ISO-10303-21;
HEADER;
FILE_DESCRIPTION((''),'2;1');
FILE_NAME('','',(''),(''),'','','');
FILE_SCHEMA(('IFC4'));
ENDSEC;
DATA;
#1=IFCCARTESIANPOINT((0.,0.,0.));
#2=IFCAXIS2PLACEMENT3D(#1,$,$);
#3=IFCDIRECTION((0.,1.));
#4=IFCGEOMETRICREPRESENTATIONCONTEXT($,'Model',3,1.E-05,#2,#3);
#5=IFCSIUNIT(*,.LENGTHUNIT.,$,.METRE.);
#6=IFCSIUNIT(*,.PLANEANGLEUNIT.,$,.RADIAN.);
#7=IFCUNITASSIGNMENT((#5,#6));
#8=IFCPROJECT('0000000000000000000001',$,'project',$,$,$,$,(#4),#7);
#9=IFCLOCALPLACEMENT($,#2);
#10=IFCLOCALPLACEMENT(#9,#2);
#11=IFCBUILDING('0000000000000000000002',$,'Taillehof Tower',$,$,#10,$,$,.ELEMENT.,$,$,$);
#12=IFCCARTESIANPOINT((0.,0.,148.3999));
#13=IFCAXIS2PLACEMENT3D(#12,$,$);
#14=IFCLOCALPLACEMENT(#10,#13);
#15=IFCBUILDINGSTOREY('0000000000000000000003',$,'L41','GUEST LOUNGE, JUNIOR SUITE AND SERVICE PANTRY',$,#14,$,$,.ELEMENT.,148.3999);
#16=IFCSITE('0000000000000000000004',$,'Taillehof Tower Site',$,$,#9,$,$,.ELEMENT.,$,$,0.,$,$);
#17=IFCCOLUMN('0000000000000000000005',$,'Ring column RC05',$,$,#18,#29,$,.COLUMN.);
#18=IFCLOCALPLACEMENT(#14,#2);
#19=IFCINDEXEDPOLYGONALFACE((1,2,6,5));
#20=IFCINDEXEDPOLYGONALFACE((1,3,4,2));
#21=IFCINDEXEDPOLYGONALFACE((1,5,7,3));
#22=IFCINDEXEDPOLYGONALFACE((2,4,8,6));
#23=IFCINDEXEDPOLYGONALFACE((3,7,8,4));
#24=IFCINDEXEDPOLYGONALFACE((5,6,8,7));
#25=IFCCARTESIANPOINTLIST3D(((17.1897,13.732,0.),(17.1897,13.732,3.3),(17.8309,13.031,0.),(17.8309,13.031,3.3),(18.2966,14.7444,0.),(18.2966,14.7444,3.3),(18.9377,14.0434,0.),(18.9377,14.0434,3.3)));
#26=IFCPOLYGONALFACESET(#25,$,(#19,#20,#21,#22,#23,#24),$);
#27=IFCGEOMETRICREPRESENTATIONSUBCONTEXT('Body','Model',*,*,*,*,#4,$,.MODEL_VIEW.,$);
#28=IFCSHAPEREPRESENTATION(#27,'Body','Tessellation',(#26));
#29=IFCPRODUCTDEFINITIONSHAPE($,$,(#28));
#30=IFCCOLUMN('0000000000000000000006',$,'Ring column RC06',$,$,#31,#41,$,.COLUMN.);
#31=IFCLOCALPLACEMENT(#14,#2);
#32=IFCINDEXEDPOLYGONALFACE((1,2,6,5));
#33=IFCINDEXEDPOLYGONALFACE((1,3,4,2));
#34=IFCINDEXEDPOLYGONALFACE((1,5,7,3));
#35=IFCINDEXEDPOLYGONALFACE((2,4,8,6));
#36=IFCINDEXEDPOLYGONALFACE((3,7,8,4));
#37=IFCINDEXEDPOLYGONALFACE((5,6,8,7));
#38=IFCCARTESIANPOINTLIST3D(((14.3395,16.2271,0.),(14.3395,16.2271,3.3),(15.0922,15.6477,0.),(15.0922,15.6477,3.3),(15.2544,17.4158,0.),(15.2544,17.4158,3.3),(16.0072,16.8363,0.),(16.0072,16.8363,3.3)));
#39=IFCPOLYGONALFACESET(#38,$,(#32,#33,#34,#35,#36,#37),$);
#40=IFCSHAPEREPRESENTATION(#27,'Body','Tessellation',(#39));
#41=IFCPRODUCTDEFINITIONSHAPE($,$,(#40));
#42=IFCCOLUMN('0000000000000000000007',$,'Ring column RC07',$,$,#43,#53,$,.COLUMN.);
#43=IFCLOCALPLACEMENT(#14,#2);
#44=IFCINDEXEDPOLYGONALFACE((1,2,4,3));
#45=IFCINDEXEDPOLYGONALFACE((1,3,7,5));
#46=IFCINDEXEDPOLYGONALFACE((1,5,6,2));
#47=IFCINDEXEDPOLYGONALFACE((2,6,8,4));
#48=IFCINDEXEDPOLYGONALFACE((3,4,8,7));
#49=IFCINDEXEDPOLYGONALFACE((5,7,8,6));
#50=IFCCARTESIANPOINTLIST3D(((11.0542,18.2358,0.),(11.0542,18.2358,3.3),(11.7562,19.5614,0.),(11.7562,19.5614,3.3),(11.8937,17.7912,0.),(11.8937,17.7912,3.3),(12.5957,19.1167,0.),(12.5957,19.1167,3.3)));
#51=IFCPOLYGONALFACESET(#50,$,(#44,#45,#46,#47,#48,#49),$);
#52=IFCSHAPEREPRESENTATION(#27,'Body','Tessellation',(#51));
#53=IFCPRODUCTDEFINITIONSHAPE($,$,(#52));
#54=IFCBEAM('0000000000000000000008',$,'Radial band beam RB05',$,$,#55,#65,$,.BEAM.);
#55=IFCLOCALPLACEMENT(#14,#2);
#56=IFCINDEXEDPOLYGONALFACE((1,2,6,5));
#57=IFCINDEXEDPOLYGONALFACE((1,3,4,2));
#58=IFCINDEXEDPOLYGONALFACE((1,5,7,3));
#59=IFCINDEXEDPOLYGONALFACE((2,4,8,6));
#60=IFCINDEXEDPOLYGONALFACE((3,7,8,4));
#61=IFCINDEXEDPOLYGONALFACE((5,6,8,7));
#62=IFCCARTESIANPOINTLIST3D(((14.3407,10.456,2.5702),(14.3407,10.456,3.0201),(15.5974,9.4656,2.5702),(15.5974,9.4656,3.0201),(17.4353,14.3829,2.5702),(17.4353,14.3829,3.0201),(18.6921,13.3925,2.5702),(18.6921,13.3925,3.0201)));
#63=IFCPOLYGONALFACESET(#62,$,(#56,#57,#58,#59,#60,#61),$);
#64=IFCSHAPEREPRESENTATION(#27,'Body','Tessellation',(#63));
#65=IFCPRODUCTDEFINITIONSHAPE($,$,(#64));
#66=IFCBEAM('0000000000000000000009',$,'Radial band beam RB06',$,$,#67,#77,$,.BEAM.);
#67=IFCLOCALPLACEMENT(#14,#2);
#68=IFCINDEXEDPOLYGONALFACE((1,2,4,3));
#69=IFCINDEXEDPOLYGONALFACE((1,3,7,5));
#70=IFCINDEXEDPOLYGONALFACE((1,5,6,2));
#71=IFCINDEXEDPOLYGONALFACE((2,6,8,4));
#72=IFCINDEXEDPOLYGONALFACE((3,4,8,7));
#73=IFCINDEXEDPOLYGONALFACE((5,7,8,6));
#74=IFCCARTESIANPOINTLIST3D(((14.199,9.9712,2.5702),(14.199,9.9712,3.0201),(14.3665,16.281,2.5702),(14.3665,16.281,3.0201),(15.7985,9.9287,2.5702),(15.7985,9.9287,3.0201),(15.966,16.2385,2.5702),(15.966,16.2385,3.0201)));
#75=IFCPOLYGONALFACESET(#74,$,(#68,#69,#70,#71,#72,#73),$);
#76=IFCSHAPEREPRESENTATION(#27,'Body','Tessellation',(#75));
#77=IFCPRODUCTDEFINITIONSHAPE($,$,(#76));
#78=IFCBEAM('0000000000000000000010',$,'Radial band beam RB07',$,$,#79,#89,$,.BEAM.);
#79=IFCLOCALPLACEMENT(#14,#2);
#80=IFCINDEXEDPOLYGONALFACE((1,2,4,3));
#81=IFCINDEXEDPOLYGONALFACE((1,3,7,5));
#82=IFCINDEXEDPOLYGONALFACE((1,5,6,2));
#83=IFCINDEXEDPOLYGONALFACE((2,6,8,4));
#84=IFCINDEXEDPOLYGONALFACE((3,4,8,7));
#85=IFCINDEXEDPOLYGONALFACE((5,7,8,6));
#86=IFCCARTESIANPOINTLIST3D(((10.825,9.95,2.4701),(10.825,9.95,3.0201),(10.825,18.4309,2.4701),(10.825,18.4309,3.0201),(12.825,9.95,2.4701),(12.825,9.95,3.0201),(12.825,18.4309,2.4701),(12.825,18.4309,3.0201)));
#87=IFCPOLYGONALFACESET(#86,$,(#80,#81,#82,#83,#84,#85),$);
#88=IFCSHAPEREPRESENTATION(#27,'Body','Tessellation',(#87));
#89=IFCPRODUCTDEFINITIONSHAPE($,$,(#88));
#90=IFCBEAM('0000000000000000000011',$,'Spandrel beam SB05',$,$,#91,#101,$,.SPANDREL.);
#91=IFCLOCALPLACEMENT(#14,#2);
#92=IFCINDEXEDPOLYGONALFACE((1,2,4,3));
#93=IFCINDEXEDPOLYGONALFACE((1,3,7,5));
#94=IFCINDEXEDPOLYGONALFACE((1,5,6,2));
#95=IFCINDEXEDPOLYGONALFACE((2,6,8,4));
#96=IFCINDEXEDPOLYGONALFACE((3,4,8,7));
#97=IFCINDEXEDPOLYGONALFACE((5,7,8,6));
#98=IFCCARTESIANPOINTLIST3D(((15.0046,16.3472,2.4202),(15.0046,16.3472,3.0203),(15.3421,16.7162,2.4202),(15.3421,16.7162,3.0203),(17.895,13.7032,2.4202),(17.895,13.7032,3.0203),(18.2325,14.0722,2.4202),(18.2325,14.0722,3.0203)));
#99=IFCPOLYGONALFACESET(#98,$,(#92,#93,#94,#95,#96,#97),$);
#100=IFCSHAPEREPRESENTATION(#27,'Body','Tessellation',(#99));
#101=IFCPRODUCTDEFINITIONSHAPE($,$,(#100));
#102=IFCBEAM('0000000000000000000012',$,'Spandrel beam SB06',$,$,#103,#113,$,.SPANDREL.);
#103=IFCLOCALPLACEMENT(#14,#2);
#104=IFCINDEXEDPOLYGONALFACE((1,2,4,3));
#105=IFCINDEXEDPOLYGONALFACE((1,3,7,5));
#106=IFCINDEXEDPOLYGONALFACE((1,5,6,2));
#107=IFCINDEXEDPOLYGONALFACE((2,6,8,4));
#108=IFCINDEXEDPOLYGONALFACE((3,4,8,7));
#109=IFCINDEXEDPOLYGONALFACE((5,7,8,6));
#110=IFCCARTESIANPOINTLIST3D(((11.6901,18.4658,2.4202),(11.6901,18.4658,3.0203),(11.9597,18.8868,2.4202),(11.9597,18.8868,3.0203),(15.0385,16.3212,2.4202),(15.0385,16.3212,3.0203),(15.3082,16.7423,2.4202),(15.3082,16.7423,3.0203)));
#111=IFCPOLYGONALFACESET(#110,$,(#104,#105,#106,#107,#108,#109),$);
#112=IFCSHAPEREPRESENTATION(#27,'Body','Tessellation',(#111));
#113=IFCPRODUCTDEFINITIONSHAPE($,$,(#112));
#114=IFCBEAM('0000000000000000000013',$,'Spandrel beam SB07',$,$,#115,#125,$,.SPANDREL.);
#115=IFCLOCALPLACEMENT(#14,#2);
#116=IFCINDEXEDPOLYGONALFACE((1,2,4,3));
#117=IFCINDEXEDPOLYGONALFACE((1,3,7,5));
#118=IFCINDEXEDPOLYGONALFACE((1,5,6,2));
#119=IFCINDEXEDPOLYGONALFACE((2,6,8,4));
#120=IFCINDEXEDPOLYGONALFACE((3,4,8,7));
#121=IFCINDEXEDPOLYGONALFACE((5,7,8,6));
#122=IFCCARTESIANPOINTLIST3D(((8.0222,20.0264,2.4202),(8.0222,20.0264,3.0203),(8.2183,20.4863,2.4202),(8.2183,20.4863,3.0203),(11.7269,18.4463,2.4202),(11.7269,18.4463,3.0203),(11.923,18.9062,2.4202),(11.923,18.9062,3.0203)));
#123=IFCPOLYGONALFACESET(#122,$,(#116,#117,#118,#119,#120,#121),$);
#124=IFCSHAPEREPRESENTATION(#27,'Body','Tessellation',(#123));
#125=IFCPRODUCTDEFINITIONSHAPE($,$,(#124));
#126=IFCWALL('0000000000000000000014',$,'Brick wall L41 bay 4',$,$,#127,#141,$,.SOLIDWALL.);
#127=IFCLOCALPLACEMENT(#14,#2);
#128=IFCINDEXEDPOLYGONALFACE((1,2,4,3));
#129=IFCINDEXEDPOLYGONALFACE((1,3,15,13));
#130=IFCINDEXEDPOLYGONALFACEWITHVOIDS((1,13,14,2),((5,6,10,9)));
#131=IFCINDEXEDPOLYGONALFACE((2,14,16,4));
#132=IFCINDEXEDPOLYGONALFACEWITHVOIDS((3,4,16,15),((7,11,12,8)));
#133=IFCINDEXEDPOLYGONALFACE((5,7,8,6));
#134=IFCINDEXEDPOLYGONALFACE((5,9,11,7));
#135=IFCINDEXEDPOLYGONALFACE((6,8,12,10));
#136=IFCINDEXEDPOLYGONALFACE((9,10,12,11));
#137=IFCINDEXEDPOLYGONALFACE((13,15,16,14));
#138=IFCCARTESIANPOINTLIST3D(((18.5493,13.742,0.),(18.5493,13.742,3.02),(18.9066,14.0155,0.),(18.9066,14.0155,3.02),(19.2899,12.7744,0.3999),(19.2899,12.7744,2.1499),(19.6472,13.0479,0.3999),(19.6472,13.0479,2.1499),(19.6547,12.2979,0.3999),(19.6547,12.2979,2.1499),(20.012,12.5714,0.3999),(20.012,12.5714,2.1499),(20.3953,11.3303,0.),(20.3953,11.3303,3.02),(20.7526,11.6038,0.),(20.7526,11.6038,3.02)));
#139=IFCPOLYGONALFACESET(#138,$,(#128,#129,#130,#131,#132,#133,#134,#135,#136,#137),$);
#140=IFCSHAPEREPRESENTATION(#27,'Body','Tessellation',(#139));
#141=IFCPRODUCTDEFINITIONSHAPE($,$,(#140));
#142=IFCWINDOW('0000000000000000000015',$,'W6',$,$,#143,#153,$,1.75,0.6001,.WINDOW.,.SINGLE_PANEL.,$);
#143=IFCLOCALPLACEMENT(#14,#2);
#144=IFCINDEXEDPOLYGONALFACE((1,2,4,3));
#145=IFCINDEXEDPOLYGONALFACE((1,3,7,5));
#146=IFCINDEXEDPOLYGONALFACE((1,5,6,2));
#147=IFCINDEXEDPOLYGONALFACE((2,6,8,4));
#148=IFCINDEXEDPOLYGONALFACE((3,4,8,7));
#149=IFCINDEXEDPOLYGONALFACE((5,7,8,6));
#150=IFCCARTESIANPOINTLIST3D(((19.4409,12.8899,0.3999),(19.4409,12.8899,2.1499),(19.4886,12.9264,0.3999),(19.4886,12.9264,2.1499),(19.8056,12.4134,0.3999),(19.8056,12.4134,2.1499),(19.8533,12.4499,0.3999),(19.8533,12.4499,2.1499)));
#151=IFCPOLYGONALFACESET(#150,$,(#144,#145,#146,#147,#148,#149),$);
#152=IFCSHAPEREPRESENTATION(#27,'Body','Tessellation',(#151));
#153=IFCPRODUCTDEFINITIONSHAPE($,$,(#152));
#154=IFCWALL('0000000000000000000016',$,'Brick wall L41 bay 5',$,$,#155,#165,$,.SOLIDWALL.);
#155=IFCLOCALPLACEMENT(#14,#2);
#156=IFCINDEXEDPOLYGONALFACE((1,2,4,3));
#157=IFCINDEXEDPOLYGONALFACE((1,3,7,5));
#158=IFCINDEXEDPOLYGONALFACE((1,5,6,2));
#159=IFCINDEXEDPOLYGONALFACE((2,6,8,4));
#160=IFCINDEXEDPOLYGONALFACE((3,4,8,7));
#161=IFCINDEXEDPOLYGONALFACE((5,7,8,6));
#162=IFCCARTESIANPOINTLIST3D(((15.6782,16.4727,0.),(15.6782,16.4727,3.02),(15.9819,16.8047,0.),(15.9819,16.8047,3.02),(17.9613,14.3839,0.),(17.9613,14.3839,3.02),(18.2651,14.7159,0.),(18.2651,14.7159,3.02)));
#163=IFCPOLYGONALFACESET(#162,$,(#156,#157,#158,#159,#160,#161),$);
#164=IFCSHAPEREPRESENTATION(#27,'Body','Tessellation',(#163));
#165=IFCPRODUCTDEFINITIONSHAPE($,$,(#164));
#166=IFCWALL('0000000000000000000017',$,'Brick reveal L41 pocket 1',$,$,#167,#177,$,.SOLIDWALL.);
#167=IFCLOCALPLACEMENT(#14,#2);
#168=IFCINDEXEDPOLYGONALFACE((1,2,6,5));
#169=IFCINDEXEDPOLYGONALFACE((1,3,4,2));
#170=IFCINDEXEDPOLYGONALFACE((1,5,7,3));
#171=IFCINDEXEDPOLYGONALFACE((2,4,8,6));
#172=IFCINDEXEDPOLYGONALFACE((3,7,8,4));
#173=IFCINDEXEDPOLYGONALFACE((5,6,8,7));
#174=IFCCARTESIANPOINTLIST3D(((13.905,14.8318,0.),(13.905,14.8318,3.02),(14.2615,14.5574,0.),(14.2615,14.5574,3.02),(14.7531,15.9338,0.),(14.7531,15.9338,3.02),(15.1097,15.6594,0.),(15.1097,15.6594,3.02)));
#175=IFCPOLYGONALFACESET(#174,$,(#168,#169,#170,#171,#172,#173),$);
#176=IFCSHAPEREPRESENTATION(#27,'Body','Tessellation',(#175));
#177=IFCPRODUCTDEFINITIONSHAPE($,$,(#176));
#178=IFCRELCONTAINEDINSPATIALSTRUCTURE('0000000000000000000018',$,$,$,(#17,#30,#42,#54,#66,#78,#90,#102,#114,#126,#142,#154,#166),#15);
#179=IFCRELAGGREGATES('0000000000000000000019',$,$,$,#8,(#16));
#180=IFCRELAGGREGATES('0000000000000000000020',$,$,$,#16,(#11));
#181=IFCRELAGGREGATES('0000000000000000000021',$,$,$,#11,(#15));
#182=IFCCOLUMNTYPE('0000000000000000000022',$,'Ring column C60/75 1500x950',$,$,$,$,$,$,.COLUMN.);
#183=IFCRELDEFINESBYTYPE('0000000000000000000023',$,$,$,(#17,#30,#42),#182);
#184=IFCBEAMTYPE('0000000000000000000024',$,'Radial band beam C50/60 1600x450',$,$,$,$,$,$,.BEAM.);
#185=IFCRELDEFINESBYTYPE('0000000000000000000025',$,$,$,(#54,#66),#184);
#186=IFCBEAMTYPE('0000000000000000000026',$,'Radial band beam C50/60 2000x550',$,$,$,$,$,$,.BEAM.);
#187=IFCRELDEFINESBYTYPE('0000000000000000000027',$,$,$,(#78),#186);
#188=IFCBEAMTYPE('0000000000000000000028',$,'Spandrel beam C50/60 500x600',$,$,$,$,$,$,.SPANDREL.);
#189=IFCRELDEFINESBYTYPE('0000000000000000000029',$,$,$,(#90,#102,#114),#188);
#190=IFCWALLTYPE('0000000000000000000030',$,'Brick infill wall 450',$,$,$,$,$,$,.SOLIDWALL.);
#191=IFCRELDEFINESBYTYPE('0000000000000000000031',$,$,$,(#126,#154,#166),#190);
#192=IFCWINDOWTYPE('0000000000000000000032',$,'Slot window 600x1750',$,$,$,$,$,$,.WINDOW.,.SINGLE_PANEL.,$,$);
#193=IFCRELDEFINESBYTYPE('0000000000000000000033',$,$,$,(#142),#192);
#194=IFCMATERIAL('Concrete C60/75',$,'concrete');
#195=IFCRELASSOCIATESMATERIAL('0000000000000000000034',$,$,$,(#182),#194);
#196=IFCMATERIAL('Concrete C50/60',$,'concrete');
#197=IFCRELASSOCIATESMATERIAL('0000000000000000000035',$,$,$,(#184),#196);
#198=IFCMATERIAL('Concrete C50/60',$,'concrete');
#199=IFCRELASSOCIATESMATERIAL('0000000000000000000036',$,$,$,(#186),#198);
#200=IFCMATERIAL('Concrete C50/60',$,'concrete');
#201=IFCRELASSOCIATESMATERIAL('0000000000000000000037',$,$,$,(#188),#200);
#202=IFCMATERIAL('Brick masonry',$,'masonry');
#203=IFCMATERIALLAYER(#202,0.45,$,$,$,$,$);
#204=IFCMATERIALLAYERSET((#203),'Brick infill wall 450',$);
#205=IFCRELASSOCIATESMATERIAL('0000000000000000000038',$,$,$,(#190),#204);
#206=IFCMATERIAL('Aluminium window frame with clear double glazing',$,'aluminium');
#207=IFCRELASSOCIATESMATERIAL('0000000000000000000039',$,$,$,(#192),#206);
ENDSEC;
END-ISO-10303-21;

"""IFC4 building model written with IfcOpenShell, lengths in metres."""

from ifc_helpers import new_model, si_unit, direction, frame, frame_2d, origin, origin_2d, place, context, subcontext, project, spatial, rectangle, extrude, material, layer, layer_set, material_profile, profile_set, type_object, element, fill, save


model = new_model("IFC4")

# Units and contexts
model_context = context("Model", 3, precision=1e-05, world=origin(), true_north=direction((0.0, 1.0)))
body_context = subcontext(model_context, "Body", "Model", "MODEL_VIEW")
ifc_project = project(units=[si_unit("LENGTHUNIT", "METRE"), si_unit("PLANEANGLEUNIT", "RADIAN")], contexts=[model_context])

# Site, building, storey
site_placement = place(None, origin())
site = spatial("IfcSite", under=ifc_project, at=site_placement, Name="Taillehof Tower Site", CompositionType="ELEMENT", RefElevation=0.0)
building_placement = place(site_placement, origin())
building = spatial("IfcBuilding", under=site, at=building_placement, Name="Taillehof Tower", CompositionType="ELEMENT")
storey_placement = place(building_placement, frame((0.0, 0.0, 148.3999)))
storey = spatial("IfcBuildingStorey", under=building, at=storey_placement, Name="L41", Description="GUEST LOUNGE, JUNIOR SUITE AND SERVICE PANTRY", CompositionType="ELEMENT", Elevation=148.3999)

# Columns
ifc_material_1 = material(Name="Concrete C60/75", Category="concrete")
ifc_material_profile_1 = material_profile(ifc_material_1, rectangle(XDim=1.5, YDim=0.95, at=origin_2d()), Name="RC 1500x950")
ifc_profile_set_1 = profile_set([ifc_material_profile_1], Name="Concrete C60/75")
column_type = type_object("IfcColumnType", Name="Ring column C60/75 1500x950", PredefinedType="COLUMN", material=ifc_profile_set_1)
for number, where, z_axis, x_axis, name in (
    (1, (18.0637, 13.8877, 0.0), (0.0, 0.0, 1.0), (0.737879, 0.674933, 0.0), "Ring column RC05"),
    (2, (15.1733, 16.5317, 0.0), (0.0, 0.0, 1.0), (0.609971, 0.792424, 0.0), "Ring column RC06"),
    (3, (11.825, 18.6763, 0.0), (0.0, 0.0, 1.0), (0.468042, 0.883706, 0.0), "Ring column RC07"),
):
    element("IfcColumn", number, at=place(storey_placement, frame(where, z_axis=z_axis, x_axis=x_axis)), inside=storey, type_object=column_type, Name=name, PredefinedType="COLUMN", context=body_context, shape_type="SweptSolid", body=[
        extrude(rectangle(XDim=1.5, YDim=0.95, at=origin_2d()), origin(), (0.0, 0.0, 1.0), 3.3),
    ])

# Beams
ifc_material_2 = material(Name="Concrete C50/60", Category="concrete")
ifc_material_profile_2 = material_profile(ifc_material_2, rectangle(XDim=1.6001, YDim=0.45, at=origin_2d()), Name="RC 1600x450")
ifc_profile_set_2 = profile_set([ifc_material_profile_2], Name="Concrete C50/60")
beam_type_1 = type_object("IfcBeamType", Name="Radial band beam C50/60 1600x450", PredefinedType="BEAM", material=ifc_profile_set_2)
beam_1_placement = place(storey_placement, frame((18.0637, 13.8877, 2.7952), z_axis=(-0.618962, -0.785421, 0.0), x_axis=(0.785421, -0.618962, 0.0)))
element("IfcBeam", 4, at=beam_1_placement, inside=storey, type_object=beam_type_1, Name="Radial band beam RB05", PredefinedType="BEAM", context=body_context, shape_type="SweptSolid", body=[
    extrude(rectangle(XDim=1.6001, YDim=0.45, at=origin_2d()), origin(), (0.0, 0.0, 1.0), 4.9998),
])
beam_2_placement = place(storey_placement, frame((15.1663, 16.2598, 2.7952), z_axis=(-0.026534, -0.999648, 0.0), x_axis=(0.999648, -0.026534, 0.0)))
element("IfcBeam", 5, at=beam_2_placement, inside=storey, type_object=beam_type_1, Name="Radial band beam RB06", PredefinedType="BEAM", context=body_context, shape_type="SweptSolid", body=[
    extrude(rectangle(XDim=1.6001, YDim=0.45, at=origin_2d()), origin(), (0.0, 0.0, 1.0), 6.312),
])
ifc_material_3 = material(Name="Concrete C50/60", Category="concrete")
ifc_material_profile_3 = material_profile(ifc_material_3, rectangle(XDim=2.0, YDim=0.55, at=origin_2d()), Name="RC 2000x550")
ifc_profile_set_3 = profile_set([ifc_material_profile_3], Name="Concrete C50/60")
beam_type_2 = type_object("IfcBeamType", Name="Radial band beam C50/60 2000x550", PredefinedType="BEAM", material=ifc_profile_set_3)
beam_3_placement = place(storey_placement, frame((11.825, 18.4309, 2.7451), z_axis=(0.0, -1.0, 0.0), x_axis=(1.0, 0.0, 0.0)))
element("IfcBeam", 6, at=beam_3_placement, inside=storey, type_object=beam_type_2, Name="Radial band beam RB07", PredefinedType="BEAM", context=body_context, shape_type="SweptSolid", body=[
    extrude(rectangle(XDim=2.0, YDim=0.55, at=origin_2d()), origin(), (0.0, 0.0, 1.0), 8.481),
])
ifc_material_4 = material(Name="Concrete C50/60", Category="concrete")
ifc_material_profile_4 = material_profile(ifc_material_4, rectangle(XDim=0.5, YDim=0.6001, at=origin_2d()), Name="RC 500x600")
ifc_profile_set_4 = profile_set([ifc_material_profile_4], Name="Concrete C50/60")
beam_type_3 = type_object("IfcBeamType", Name="Spandrel beam C50/60 500x600", PredefinedType="SPANDREL", material=ifc_profile_set_4)
beam_4_placement = place(storey_placement, frame((18.0637, 13.8877, 2.7202), z_axis=(-0.73785, 0.674965, 0.0), x_axis=(-0.674965, -0.73785, 0.0)))
element("IfcBeam", 7, at=beam_4_placement, inside=storey, type_object=beam_type_3, Name="Spandrel beam SB05", PredefinedType="SPANDREL", context=body_context, shape_type="SweptSolid", body=[
    extrude(rectangle(XDim=0.5, YDim=0.6001, at=origin_2d()), origin(), (0.0, 0.0, 1.0), 3.9172),
])
beam_5_placement = place(storey_placement, frame((15.1733, 16.5317, 2.7202), z_axis=(-0.842093, 0.539332, 0.0), x_axis=(-0.539332, -0.842093, 0.0)))
element("IfcBeam", 8, at=beam_5_placement, inside=storey, type_object=beam_type_3, Name="Spandrel beam SB06", PredefinedType="SPANDREL", context=body_context, shape_type="SweptSolid", body=[
    extrude(rectangle(XDim=0.5, YDim=0.6001, at=origin_2d()), origin(), (0.0, 0.0, 1.0), 3.9763),
])
beam_6_placement = place(storey_placement, frame((11.825, 18.6763, 2.7202), z_axis=(-0.919827, 0.392324, 0.0), x_axis=(-0.392324, -0.919827, 0.0)))
element("IfcBeam", 9, at=beam_6_placement, inside=storey, type_object=beam_type_3, Name="Spandrel beam SB07", PredefinedType="SPANDREL", context=body_context, shape_type="SweptSolid", body=[
    extrude(rectangle(XDim=0.5, YDim=0.6001, at=origin_2d()), origin(), (0.0, 0.0, 1.0), 4.0276),
])

# Wall, opening, window
ifc_material_5 = material(Name="Brick masonry", Category="masonry")
ifc_layer_1 = layer(ifc_material_5, 0.45)
ifc_layer_set_1 = layer_set([ifc_layer_1], Name="Brick infill wall 450")
wall_type_1 = type_object("IfcWallType", Name="Brick infill wall 450", PredefinedType="SOLIDWALL", material=ifc_layer_set_1)
wall_1_placement = place(storey_placement, frame((20.574, 11.467, 0.0), z_axis=(0.0, 0.0, 1.0), x_axis=(-0.607817, 0.794077, 0.0)))
wall_1 = element("IfcWall", 10, at=wall_1_placement, inside=storey, type_object=wall_type_1, Name="Brick wall L41 bay 4", PredefinedType="SOLIDWALL", context=body_context, shape_type="SweptSolid", body=[
    extrude(rectangle(XDim=3.0371, YDim=0.45, at=frame_2d((1.5186, 0.0))), origin(), (0.0, 0.0, 1.0), 3.02),
])
opening_1_placement = place(wall_1_placement, frame((1.2185, 0.0, 0.3999)))
opening_1 = element("IfcOpeningElement", 11, at=opening_1_placement, cuts=wall_1, PredefinedType="OPENING", context=body_context, shape_type="SweptSolid", body=[
    extrude(rectangle(XDim=0.6001, YDim=1.75, at=frame_2d((0.3, 0.875))), frame((0.0, 0.2349, 0.0), z_axis=(0.0, -1.0, 0.0), x_axis=(1.0, 0.0, 0.0)), (0.0, 0.0, 1.0), 0.47),
])
ifc_material_6 = material(Name="Aluminium window frame with clear double glazing", Category="aluminium")
window_type_1 = type_object("IfcWindowType", Name="Slot window 600x1750", PartitioningType="SINGLE_PANEL", PredefinedType="WINDOW", material=ifc_material_6)
window_1_placement = place(opening_1_placement, origin())
window_1 = element("IfcWindow", 12, at=window_1_placement, inside=storey, type_object=window_type_1, Name="W6", OverallHeight=1.75, OverallWidth=0.6001, PartitioningType="SINGLE_PANEL", PredefinedType="WINDOW", context=body_context, shape_type="SweptSolid", body=[
    extrude(rectangle(XDim=0.6001, YDim=1.75, at=frame_2d((0.3, 0.875))), frame((0.0, 0.0349, 0.0), z_axis=(0.0, -1.0, 0.0), x_axis=(1.0, 0.0, 0.0)), (0.0, 0.0, 1.0), 0.0601),
])
fill(opening_1, window_1)

# Walls
wall_2_placement = place(storey_placement, frame((18.1133, 14.5498, 0.0), z_axis=(0.0, 0.0, 1.0), x_axis=(-0.737809, 0.67501, 0.0)))
element("IfcWall", 13, at=wall_2_placement, inside=storey, type_object=wall_type_1, Name="Brick wall L41 bay 5", PredefinedType="SOLIDWALL", context=body_context, shape_type="SweptSolid", body=[
    extrude(rectangle(XDim=3.0945, YDim=0.45, at=frame_2d((1.5474, 0.0))), origin(), (0.0, 0.0, 1.0), 3.02),
])
wall_3_placement = place(storey_placement, frame((14.9314, 15.7966, 0.0), z_axis=(0.0, 0.0, 1.0), x_axis=(-0.609897, -0.79248, 0.0)))
element("IfcWall", 14, at=wall_3_placement, inside=storey, type_object=wall_type_1, Name="Brick reveal L41 pocket 1", PredefinedType="SOLIDWALL", context=body_context, shape_type="SweptSolid", body=[
    extrude(rectangle(XDim=1.3906, YDim=0.45, at=frame_2d((0.6953, 0.0))), origin(), (0.0, 0.0, 1.0), 3.02),
])

save(model, "model.ifc")
